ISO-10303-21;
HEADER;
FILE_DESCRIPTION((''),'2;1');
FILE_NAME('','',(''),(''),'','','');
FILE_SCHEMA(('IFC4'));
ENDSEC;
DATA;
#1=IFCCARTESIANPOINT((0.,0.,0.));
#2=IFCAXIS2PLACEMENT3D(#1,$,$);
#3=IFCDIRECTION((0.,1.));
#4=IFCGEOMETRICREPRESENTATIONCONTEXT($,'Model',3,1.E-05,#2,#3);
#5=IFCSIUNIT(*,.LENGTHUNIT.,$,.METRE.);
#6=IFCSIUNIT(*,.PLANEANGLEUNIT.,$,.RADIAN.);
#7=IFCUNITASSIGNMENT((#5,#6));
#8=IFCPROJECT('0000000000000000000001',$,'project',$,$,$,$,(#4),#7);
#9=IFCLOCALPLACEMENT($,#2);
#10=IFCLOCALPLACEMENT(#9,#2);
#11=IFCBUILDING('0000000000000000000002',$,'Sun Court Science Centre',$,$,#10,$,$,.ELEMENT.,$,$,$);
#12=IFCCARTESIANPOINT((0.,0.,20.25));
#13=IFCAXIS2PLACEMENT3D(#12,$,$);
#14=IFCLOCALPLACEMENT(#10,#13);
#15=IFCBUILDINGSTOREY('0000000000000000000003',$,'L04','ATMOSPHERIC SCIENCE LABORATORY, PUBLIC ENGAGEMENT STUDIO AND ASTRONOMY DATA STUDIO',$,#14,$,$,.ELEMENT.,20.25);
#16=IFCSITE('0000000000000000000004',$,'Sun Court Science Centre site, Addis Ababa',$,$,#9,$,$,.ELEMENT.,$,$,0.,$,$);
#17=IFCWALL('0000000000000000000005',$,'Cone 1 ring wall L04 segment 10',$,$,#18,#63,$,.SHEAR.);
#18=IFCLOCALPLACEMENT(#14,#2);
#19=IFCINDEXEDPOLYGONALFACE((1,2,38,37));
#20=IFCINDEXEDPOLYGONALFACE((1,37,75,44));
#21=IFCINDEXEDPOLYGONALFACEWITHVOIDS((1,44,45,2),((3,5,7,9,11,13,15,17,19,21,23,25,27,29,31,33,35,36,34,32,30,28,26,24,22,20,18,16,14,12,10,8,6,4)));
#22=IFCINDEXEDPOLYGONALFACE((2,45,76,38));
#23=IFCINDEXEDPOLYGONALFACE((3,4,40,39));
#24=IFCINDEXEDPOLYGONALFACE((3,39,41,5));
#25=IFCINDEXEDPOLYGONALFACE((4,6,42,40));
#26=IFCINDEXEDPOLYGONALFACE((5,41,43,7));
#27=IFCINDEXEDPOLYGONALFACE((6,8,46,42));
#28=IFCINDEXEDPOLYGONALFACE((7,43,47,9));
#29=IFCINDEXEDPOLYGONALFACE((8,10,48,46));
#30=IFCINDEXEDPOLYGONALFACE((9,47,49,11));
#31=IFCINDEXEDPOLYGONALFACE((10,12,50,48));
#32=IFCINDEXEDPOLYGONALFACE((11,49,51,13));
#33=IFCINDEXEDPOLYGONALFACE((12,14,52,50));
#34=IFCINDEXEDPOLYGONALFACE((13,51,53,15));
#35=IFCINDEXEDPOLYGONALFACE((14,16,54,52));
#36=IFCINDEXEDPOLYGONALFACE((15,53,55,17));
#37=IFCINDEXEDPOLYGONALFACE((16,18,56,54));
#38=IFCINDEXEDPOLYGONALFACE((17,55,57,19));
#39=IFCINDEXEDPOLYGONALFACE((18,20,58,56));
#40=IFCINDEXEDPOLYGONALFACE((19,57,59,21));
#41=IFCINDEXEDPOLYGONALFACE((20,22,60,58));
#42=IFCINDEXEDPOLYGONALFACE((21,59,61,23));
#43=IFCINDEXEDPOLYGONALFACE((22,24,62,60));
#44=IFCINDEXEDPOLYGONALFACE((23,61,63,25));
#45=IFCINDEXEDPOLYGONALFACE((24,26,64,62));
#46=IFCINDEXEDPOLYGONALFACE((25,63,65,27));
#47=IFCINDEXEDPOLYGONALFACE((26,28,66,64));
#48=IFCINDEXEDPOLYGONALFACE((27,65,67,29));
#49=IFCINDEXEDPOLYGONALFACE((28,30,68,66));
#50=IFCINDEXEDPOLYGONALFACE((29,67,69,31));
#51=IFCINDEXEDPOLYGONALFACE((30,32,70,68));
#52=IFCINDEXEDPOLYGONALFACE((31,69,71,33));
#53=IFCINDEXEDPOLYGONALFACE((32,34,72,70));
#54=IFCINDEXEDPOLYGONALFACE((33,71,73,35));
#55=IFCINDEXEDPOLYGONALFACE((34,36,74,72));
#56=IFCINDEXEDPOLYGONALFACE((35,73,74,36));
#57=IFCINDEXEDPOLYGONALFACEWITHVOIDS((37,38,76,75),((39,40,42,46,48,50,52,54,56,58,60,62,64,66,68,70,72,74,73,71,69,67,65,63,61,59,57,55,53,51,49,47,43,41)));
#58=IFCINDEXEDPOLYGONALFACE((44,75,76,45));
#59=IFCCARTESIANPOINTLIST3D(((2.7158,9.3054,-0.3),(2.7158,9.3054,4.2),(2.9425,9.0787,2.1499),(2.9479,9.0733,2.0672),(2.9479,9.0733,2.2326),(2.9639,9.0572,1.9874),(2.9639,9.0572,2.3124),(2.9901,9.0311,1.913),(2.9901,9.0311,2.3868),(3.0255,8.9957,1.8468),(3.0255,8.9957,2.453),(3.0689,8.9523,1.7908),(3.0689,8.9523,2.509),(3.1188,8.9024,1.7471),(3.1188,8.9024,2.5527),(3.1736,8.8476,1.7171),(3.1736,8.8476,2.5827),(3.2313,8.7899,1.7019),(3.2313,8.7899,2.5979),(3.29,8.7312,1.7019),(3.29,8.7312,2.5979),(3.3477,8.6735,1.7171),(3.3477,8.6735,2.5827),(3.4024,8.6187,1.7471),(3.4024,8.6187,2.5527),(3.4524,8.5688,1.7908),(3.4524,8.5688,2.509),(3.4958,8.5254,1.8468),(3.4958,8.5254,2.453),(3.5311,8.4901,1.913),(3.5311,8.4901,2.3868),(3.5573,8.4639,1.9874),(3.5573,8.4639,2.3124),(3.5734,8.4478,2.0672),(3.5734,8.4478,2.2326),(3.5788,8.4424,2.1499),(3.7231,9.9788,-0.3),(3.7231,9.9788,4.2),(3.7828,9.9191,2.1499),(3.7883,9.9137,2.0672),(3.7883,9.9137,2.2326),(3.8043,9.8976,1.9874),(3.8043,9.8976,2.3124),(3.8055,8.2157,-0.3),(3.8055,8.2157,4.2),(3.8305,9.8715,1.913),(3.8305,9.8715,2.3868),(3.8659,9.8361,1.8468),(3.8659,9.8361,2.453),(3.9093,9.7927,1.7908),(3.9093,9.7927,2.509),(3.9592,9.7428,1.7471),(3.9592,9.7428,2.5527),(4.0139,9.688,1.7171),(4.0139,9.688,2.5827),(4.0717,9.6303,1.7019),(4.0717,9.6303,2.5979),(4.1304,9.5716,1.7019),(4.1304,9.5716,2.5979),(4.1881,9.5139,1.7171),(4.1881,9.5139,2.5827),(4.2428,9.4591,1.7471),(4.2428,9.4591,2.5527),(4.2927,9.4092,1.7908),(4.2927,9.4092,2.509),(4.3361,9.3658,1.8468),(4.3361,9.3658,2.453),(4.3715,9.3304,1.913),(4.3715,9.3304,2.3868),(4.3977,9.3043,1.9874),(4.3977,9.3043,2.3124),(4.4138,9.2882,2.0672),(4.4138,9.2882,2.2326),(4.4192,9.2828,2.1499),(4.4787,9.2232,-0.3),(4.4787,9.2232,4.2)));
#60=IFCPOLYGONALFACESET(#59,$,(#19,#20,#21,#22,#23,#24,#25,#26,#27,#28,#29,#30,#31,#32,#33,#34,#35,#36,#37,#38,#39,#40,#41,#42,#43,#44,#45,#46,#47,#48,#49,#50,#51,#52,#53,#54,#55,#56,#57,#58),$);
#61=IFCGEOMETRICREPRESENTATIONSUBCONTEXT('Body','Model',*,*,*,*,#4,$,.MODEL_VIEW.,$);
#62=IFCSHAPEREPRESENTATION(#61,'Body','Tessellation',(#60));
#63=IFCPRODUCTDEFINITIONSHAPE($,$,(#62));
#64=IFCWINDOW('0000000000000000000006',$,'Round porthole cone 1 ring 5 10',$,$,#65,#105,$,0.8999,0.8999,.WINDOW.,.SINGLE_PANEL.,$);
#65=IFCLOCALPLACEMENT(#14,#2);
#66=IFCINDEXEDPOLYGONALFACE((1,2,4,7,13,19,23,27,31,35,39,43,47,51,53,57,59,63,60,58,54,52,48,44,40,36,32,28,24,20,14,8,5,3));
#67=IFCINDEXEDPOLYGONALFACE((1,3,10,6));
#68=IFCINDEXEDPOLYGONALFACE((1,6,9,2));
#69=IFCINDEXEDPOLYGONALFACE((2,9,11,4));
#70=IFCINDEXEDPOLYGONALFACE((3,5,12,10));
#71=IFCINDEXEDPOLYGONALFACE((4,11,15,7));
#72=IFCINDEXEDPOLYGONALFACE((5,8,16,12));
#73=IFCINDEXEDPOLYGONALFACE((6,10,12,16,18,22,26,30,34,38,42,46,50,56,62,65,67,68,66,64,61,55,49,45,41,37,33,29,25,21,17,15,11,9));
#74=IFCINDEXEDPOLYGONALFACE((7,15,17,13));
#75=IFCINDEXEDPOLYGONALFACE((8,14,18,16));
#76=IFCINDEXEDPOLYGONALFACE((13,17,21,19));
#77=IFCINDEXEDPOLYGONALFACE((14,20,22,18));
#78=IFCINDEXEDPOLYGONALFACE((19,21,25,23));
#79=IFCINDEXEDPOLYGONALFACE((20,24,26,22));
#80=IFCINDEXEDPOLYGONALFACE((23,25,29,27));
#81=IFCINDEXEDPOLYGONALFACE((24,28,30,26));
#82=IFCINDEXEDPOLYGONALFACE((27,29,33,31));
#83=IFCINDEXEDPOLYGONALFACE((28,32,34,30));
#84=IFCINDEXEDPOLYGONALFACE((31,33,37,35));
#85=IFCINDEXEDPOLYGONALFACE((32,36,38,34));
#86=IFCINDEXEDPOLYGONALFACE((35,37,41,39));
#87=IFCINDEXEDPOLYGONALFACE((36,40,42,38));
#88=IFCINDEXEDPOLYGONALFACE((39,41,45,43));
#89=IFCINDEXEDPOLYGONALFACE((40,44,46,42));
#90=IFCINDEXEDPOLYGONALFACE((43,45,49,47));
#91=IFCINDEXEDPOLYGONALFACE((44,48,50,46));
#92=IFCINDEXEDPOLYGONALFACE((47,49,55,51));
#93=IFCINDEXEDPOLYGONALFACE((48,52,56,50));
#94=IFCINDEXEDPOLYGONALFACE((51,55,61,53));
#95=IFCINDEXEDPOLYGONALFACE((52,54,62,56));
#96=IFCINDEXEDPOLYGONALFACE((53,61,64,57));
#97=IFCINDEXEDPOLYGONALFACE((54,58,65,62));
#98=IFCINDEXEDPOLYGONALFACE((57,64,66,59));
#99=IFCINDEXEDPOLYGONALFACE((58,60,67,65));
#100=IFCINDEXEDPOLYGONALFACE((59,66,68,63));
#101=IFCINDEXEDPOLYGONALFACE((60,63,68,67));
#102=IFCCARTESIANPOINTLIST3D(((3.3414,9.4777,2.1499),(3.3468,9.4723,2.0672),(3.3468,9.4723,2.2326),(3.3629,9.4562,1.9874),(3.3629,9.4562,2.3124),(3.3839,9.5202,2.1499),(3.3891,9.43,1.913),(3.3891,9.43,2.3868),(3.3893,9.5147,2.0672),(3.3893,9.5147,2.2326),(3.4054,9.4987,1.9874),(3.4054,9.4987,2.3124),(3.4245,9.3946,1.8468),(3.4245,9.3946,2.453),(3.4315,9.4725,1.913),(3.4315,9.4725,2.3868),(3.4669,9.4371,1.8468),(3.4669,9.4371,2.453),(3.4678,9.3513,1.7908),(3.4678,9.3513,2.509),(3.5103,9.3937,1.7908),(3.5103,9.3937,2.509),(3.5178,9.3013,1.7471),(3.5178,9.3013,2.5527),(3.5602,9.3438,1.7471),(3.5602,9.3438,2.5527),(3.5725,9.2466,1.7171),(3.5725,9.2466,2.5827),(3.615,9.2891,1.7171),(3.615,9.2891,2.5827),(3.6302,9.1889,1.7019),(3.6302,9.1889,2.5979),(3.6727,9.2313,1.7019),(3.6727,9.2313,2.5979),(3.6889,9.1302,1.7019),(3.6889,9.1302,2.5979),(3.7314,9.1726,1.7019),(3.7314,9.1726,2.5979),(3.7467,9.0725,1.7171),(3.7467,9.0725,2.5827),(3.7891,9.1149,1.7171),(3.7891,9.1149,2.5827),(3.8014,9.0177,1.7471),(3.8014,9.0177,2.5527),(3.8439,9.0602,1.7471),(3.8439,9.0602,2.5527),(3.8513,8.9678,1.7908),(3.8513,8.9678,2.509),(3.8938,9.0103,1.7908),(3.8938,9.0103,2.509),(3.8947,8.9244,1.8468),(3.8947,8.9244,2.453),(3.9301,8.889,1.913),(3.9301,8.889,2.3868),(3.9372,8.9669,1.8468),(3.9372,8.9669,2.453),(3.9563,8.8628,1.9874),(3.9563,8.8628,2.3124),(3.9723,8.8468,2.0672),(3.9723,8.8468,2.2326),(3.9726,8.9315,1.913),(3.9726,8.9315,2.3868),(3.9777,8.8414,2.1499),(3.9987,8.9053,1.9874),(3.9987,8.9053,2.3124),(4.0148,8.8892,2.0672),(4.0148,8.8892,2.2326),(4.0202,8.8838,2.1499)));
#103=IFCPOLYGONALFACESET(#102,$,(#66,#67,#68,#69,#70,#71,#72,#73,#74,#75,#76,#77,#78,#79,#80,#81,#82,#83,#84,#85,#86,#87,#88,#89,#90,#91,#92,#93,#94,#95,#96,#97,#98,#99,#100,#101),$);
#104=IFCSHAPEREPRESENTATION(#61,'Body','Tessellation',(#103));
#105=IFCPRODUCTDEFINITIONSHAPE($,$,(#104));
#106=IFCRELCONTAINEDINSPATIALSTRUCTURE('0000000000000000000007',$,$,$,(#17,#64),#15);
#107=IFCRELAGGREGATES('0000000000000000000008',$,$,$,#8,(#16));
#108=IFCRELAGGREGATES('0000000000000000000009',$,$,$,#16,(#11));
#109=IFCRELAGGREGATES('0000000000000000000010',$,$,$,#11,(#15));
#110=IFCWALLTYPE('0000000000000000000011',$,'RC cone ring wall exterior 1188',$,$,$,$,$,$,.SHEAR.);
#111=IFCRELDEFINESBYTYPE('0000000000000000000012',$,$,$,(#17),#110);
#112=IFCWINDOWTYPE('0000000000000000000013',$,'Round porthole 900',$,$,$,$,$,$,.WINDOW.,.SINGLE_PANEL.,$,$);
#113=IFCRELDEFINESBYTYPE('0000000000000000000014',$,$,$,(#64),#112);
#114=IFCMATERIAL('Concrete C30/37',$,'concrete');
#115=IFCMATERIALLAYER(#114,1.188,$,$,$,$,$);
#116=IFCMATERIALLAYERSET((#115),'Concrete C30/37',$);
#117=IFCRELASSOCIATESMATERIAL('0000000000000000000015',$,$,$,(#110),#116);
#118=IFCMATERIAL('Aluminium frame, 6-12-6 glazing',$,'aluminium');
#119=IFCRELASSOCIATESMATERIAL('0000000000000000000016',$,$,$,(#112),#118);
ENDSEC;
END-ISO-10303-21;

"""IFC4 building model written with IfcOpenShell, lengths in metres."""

from ifc_helpers import new_model, si_unit, direction, frame, frame_2d, origin, place, context, subcontext, project, spatial, polyline, circle, outline, extrude, material, layer, layer_set, type_object, element, fill, save


model = new_model("IFC4")

# Units and contexts
model_context = context("Model", 3, precision=1e-05, world=origin(), true_north=direction((0.0, 1.0)))
body_context = subcontext(model_context, "Body", "Model", "MODEL_VIEW")
ifc_project = project(units=[si_unit("LENGTHUNIT", "METRE"), si_unit("PLANEANGLEUNIT", "RADIAN")], contexts=[model_context])

# Site, building, storey
site_placement = place(None, origin())
site = spatial("IfcSite", under=ifc_project, at=site_placement, Name="Sun Court Science Centre site, Addis Ababa", CompositionType="ELEMENT", RefElevation=0.0)
building_placement = place(site_placement, origin())
building = spatial("IfcBuilding", under=site, at=building_placement, Name="Sun Court Science Centre", CompositionType="ELEMENT")
storey_placement = place(building_placement, frame((0.0, 0.0, 20.25)))
storey = spatial("IfcBuildingStorey", under=building, at=storey_placement, Name="L04", Description="ATMOSPHERIC SCIENCE LABORATORY, PUBLIC ENGAGEMENT STUDIO AND ASTRONOMY DATA STUDIO", CompositionType="ELEMENT", Elevation=20.25)

# Wall, opening, window
ifc_material_1 = material(Name="Concrete C30/37", Category="concrete")
ifc_layer_1 = layer(ifc_material_1, 1.188)
ifc_layer_set_1 = layer_set([ifc_layer_1], Name="Concrete C30/37")
wall_type = type_object("IfcWallType", Name="RC cone ring wall exterior 1188", PredefinedType="SHEAR", material=ifc_layer_set_1)
ifc_material_2 = material(Name="Aluminium frame, 6-12-6 glazing", Category="aluminium")
window_type = type_object("IfcWindowType", Name="Round porthole 900", PartitioningType="SINGLE_PANEL", PredefinedType="WINDOW", material=ifc_material_2)
wall_1_placement = place(storey_placement, frame((3.136, 9.7256, -0.3), z_axis=(0.0, 0.0, 1.0), x_axis=(0.707107, -0.707107, 0.0)))
wall_1 = element("IfcWall", 1, at=wall_1_placement, inside=storey, type_object=wall_type, Name="Cone 1 ring wall L04 segment 10", PredefinedType="SHEAR", context=body_context, shape_type="SweptSolid", body=[
    extrude(outline(polyline([(0.0, -0.5942), (1.541, -0.5942), (1.3047, 0.5942), (0.2361, 0.5942), (0.0, -0.5942)])), origin(), (0.0, 0.0, 1.0), 4.5),
])
opening_1_placement = place(wall_1_placement, frame((0.3206, 0.0, 2.0)))
opening_1 = element("IfcOpeningElement", 2, at=opening_1_placement, cuts=wall_1, PredefinedType="OPENING", context=body_context, shape_type="SweptSolid", body=[
    extrude(circle(Radius=0.45, at=frame_2d((0.45, 0.45))), frame((0.0, 0.6042, 0.0), z_axis=(0.0, -1.0, 0.0), x_axis=(1.0, 0.0, 0.0)), (0.0, 0.0, 1.0), 1.2085),
])
window_1_placement = place(opening_1_placement, origin())
window_1 = element("IfcWindow", 3, at=window_1_placement, inside=storey, type_object=window_type, Name="Round porthole cone 1 ring 5 10", OverallHeight=0.8999, OverallWidth=0.8999, PartitioningType="SINGLE_PANEL", PredefinedType="WINDOW", context=body_context, shape_type="SweptSolid", body=[
    extrude(circle(Radius=0.45, at=frame_2d((0.45, 0.45))), frame((0.0, 0.03, 0.0), z_axis=(0.0, -1.0, 0.0), x_axis=(1.0, 0.0, 0.0)), (0.0, 0.0, 1.0), 0.0601),
])
fill(opening_1, window_1)

save(model, "model.ifc")
